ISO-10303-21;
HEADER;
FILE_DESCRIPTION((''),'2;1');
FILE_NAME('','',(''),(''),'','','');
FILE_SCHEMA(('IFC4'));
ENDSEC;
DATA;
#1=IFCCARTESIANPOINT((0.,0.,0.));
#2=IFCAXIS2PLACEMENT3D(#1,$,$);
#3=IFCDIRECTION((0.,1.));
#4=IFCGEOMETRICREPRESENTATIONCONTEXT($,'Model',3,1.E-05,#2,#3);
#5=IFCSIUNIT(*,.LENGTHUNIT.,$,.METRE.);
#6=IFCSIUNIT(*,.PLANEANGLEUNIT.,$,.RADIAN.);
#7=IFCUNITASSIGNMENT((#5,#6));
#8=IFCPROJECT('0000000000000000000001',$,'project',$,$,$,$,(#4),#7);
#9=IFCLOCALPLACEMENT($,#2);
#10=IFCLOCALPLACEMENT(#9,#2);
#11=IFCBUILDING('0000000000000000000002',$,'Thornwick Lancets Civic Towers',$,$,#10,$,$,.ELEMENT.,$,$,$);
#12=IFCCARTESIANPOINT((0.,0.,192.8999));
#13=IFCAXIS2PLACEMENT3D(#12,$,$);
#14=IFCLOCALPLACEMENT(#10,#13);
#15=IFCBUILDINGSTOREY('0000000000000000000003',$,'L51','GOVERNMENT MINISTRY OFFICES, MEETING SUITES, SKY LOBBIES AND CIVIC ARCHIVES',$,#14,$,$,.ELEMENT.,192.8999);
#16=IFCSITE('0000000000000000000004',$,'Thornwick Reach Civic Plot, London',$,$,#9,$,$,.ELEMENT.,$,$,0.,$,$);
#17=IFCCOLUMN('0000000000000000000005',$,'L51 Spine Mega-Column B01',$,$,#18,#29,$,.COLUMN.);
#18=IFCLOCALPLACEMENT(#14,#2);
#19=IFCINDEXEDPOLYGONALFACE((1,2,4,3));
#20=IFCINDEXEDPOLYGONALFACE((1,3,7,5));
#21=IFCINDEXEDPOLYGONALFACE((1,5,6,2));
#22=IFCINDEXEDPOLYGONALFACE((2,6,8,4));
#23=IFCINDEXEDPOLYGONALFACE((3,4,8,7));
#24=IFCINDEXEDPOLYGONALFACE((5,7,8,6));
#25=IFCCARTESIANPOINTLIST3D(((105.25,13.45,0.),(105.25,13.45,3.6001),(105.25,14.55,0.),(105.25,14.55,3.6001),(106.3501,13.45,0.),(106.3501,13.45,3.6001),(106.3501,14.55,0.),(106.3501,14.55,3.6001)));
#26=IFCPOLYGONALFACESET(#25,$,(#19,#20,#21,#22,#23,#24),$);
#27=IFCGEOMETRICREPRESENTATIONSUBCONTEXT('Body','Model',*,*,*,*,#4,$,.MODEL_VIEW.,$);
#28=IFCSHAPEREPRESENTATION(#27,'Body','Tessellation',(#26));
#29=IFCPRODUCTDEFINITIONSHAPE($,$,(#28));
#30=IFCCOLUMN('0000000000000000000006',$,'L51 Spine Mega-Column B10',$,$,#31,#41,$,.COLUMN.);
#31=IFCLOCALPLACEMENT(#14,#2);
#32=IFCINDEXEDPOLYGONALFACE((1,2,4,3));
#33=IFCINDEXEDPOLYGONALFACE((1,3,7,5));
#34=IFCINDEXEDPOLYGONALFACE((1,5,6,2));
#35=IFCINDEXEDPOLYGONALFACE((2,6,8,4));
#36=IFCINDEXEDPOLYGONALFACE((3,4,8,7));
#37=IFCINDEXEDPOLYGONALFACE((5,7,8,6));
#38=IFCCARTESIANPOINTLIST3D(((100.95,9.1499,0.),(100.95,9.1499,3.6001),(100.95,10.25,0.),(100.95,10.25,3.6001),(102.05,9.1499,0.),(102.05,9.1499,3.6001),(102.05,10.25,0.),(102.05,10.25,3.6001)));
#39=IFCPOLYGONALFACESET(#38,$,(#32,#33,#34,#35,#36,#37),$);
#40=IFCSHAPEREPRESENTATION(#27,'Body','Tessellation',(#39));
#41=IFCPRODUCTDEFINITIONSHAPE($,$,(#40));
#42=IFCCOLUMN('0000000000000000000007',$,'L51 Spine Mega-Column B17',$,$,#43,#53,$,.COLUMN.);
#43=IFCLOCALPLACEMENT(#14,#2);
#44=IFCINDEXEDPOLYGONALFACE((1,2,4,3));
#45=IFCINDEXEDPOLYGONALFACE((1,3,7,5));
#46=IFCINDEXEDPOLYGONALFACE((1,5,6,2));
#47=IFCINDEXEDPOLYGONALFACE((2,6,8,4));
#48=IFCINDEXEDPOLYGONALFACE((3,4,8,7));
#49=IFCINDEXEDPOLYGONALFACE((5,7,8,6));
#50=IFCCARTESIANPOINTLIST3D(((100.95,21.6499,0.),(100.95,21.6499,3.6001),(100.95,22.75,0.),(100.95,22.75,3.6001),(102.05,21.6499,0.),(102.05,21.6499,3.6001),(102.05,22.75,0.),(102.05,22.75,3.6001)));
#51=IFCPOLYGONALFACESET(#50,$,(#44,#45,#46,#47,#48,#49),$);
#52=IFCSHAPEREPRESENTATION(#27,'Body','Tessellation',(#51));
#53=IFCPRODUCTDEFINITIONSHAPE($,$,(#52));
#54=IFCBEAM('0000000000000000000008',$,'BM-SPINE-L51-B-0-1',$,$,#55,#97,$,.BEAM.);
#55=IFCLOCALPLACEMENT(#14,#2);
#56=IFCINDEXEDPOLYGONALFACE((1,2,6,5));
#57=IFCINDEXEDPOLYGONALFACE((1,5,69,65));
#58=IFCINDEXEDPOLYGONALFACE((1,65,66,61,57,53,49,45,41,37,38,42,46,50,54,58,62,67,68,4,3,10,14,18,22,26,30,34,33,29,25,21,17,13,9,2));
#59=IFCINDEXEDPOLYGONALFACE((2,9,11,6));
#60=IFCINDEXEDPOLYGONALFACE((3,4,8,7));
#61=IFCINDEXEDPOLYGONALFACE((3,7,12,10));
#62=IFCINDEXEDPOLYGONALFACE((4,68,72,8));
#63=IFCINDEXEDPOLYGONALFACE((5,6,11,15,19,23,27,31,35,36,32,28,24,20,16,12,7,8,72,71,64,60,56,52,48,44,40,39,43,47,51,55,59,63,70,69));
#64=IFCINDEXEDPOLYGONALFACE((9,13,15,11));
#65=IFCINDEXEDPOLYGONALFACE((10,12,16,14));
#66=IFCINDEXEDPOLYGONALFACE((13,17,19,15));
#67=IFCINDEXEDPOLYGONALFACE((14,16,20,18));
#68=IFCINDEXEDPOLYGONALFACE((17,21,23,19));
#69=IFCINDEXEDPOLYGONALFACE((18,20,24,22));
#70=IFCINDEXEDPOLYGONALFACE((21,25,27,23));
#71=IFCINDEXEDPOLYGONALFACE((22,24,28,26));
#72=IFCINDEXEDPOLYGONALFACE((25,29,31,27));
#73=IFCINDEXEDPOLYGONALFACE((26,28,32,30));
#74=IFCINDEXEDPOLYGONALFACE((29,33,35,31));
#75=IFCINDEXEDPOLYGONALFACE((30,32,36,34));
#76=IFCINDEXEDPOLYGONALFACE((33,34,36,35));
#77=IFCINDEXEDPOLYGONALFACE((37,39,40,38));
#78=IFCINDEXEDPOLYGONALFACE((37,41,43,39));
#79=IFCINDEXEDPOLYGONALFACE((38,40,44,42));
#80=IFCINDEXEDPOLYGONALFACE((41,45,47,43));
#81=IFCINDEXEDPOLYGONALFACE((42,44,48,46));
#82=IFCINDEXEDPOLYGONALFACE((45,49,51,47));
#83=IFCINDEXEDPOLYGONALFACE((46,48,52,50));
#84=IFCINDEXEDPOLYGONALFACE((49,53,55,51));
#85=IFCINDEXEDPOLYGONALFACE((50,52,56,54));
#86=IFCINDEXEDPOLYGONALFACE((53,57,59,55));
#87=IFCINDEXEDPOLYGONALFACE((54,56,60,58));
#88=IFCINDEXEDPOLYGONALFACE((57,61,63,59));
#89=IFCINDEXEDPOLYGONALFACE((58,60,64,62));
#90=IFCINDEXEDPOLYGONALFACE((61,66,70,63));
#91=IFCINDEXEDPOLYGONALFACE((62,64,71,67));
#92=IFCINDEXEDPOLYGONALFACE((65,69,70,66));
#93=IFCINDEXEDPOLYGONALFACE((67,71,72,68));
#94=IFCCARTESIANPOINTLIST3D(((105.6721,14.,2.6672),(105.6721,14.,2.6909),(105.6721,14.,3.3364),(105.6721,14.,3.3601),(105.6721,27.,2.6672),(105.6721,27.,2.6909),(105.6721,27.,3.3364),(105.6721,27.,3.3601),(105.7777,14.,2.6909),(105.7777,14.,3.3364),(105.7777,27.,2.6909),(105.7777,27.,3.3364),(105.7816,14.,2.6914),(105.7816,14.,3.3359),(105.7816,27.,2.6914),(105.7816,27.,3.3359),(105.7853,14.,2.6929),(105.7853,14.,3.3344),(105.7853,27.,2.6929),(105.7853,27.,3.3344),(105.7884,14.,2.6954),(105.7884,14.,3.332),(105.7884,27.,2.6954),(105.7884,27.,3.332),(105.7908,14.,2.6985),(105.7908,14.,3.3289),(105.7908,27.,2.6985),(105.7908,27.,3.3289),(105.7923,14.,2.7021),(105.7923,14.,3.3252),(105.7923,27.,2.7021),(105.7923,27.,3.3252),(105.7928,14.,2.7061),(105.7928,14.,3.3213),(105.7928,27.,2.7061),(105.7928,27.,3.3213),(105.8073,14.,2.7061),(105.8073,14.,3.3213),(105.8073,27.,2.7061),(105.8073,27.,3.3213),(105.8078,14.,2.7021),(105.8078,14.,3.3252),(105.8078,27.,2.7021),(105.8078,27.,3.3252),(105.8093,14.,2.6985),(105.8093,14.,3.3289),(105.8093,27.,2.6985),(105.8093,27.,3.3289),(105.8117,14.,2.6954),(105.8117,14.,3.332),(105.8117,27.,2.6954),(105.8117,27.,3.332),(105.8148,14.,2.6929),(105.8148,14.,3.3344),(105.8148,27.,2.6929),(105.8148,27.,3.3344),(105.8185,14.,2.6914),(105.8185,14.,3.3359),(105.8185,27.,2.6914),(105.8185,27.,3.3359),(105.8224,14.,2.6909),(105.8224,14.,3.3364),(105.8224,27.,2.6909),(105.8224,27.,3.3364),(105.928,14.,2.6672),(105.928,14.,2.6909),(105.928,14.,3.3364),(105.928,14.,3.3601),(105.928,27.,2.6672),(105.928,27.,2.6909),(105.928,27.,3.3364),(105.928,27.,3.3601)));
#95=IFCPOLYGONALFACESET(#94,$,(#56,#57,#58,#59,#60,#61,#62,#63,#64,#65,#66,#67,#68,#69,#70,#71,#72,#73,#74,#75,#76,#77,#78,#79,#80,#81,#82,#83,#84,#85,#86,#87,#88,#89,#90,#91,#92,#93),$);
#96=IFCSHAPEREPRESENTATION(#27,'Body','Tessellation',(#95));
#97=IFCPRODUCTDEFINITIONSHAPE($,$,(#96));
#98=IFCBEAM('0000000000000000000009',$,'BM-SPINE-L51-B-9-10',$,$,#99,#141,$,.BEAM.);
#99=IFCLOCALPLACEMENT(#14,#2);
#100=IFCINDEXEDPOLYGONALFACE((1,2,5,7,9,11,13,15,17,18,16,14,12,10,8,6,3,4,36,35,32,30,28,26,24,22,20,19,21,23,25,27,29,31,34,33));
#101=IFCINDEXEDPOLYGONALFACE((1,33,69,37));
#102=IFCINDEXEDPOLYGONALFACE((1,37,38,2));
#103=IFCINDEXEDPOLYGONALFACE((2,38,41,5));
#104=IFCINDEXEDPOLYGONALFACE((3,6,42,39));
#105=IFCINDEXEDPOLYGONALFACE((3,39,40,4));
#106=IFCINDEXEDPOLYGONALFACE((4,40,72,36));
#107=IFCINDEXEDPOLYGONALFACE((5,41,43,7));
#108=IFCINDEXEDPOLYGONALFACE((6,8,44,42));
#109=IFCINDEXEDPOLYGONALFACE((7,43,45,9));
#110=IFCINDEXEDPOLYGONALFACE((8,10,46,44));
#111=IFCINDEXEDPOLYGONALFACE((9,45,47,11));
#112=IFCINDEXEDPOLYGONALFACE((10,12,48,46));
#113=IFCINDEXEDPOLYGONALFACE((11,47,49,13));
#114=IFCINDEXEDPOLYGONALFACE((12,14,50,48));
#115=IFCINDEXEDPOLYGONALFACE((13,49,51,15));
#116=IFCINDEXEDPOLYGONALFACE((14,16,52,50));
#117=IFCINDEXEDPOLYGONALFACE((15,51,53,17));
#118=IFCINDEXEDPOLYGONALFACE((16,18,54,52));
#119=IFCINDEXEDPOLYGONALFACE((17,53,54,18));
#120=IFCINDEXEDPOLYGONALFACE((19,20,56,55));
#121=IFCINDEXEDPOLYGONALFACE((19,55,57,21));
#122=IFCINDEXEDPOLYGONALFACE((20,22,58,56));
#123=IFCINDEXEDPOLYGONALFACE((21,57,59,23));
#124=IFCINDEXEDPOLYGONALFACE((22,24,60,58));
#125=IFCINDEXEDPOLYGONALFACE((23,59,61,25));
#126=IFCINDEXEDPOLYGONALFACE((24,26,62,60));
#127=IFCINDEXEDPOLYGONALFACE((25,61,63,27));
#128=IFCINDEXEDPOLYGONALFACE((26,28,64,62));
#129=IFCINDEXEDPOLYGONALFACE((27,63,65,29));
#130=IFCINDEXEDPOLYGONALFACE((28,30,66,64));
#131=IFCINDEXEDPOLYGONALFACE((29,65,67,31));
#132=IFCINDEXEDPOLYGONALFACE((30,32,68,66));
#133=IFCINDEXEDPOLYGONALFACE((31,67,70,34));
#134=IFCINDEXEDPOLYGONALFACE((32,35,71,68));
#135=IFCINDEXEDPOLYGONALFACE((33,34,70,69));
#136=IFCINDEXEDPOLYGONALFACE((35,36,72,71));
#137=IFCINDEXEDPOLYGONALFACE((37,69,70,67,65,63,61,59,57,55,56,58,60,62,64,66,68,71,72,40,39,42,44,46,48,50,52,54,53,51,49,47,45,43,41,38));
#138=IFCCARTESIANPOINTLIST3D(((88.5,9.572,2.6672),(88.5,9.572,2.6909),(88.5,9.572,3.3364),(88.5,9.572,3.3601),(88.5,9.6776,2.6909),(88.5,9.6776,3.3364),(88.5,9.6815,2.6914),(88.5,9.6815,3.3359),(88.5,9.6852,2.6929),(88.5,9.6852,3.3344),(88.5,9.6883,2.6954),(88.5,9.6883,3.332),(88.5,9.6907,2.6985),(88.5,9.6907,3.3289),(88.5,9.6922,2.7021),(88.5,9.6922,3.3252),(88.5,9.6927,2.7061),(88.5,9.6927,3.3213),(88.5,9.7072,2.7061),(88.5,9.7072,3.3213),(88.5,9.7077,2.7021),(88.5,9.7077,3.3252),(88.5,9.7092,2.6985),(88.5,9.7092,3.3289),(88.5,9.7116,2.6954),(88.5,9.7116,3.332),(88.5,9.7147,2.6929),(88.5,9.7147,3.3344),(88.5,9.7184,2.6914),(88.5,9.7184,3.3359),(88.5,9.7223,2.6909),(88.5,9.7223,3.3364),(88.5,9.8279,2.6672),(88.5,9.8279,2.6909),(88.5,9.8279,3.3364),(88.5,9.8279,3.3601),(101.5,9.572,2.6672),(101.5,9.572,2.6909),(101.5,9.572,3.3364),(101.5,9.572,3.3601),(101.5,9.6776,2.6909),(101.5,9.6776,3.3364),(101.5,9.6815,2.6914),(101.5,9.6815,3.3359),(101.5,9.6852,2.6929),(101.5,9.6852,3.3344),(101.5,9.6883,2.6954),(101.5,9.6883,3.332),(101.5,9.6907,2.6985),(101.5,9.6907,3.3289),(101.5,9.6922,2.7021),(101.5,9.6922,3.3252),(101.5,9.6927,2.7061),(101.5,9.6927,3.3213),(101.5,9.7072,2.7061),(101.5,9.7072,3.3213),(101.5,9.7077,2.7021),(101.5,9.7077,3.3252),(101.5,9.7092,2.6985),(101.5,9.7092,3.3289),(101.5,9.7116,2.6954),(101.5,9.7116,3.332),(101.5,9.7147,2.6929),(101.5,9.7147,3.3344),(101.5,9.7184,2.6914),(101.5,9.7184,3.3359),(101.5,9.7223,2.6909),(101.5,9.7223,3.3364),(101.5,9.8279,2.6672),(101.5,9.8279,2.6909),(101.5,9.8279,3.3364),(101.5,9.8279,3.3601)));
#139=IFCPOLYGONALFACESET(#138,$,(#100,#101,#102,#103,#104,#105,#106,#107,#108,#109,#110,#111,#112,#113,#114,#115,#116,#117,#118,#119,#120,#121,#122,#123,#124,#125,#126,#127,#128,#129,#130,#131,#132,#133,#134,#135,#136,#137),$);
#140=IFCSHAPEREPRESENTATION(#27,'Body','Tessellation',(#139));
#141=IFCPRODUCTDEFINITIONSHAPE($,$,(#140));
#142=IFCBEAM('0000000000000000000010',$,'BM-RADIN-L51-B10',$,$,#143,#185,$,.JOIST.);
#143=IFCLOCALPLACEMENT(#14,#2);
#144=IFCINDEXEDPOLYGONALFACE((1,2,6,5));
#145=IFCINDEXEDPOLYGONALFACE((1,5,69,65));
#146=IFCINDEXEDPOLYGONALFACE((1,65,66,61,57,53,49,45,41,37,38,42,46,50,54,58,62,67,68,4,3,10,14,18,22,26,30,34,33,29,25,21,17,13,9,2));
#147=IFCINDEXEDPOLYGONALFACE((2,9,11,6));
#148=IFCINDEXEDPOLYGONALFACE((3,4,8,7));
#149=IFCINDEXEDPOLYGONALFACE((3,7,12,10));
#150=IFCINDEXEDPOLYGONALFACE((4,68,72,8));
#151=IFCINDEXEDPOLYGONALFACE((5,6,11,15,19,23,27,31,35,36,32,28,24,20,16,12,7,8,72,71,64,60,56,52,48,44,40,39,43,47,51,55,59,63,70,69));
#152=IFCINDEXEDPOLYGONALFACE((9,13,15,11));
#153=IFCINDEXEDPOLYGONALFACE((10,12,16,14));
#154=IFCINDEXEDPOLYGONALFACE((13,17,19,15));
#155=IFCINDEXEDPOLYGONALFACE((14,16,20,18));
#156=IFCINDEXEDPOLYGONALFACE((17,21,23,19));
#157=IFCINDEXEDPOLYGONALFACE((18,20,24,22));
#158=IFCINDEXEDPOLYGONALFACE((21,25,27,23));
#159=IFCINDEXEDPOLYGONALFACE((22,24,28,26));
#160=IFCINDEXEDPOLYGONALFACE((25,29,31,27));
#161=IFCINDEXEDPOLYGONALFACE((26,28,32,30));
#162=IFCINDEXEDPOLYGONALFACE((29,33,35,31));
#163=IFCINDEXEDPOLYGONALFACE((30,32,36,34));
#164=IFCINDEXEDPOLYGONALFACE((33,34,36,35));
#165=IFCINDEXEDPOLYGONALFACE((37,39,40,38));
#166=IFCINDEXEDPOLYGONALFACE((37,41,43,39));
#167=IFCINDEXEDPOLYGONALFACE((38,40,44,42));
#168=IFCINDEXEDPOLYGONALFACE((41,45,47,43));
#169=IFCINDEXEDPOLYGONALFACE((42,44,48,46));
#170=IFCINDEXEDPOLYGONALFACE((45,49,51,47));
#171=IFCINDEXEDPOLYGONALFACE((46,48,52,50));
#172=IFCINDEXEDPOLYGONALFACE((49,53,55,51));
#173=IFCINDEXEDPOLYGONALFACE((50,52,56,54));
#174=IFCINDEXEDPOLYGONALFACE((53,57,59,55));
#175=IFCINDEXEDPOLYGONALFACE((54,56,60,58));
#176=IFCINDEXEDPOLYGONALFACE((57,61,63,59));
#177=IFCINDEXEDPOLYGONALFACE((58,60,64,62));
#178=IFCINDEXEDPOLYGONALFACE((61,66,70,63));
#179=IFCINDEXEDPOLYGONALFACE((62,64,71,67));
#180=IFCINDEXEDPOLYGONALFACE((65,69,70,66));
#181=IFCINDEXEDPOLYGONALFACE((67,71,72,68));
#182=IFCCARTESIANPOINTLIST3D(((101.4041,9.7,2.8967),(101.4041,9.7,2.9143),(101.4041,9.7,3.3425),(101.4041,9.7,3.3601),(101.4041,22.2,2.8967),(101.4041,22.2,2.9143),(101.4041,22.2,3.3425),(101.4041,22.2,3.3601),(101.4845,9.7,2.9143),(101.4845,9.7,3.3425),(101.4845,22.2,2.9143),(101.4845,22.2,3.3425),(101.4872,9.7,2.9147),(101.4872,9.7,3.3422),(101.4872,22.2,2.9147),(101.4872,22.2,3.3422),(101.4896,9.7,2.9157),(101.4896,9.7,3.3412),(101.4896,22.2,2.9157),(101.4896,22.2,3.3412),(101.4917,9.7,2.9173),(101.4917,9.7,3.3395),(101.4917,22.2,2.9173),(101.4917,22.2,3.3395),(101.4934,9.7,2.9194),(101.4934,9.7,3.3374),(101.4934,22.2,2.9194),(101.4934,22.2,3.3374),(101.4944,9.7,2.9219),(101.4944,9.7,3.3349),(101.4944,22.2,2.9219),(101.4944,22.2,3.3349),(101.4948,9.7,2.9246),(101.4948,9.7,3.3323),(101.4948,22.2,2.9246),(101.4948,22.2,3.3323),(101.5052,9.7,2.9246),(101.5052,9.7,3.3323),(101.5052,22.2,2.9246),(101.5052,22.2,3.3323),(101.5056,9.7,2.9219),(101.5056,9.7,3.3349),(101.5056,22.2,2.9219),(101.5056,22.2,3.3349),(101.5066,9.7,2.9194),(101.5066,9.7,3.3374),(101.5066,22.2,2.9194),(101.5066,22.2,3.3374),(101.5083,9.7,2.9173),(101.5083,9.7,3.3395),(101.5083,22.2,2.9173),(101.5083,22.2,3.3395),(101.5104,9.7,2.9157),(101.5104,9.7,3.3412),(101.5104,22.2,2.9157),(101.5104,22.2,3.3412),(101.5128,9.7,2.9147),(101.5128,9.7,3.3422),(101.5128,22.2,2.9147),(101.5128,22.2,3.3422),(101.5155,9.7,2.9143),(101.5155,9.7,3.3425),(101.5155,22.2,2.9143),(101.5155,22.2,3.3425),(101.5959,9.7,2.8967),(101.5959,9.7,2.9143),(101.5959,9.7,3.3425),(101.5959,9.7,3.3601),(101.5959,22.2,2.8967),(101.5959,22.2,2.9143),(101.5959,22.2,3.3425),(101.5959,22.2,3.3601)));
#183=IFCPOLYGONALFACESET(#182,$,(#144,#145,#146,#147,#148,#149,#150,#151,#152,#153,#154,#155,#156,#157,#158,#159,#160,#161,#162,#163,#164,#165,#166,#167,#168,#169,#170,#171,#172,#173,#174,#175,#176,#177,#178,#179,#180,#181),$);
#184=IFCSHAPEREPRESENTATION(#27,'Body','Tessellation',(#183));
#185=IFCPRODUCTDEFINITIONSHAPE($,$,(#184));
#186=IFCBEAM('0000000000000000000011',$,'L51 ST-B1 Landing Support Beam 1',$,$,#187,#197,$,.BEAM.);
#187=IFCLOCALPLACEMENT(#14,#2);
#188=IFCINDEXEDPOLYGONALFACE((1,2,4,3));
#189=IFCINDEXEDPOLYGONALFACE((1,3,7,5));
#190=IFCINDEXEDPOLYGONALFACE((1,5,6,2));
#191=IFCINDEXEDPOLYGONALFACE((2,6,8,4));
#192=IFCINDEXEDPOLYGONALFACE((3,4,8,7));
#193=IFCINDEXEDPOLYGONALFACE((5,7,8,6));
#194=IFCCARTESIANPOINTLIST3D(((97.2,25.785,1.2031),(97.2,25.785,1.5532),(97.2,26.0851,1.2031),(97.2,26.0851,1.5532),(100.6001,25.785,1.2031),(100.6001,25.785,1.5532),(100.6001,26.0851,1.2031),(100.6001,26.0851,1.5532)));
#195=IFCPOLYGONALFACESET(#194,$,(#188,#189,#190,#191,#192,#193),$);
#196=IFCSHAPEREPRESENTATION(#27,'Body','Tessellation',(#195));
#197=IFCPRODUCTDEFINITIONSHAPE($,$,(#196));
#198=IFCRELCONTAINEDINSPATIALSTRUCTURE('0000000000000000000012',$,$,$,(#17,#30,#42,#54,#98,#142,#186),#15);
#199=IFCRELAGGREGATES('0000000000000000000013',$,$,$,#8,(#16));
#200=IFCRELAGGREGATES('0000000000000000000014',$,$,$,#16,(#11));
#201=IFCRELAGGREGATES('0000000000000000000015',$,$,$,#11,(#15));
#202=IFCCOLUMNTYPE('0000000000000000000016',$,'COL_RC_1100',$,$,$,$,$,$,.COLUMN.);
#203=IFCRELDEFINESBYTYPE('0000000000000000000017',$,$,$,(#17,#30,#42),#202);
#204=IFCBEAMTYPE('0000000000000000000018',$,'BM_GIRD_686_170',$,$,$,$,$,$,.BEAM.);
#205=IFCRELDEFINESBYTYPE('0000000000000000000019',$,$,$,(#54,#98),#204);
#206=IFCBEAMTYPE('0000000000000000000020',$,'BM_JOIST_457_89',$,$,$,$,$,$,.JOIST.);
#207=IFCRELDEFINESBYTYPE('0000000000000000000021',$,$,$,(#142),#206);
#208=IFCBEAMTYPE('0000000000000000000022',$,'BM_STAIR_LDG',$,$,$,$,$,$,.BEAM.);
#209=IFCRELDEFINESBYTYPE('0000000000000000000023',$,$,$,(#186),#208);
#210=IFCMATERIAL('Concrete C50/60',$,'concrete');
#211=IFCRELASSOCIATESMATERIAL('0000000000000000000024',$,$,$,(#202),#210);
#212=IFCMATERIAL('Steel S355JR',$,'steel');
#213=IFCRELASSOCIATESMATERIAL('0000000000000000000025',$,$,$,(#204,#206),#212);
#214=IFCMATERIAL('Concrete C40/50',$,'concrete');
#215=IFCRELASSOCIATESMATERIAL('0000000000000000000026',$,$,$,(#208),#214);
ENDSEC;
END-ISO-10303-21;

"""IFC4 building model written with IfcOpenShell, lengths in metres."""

from ifc_helpers import new_model, si_unit, direction, frame, origin, origin_2d, place, context, subcontext, project, spatial, rectangle, i_section, extrude, material, material_profile, profile_set, type_object, element, save


model = new_model("IFC4")

# Units and contexts
model_context = context("Model", 3, precision=1e-05, world=origin(), true_north=direction((0.0, 1.0)))
body_context = subcontext(model_context, "Body", "Model", "MODEL_VIEW")
ifc_project = project(units=[si_unit("LENGTHUNIT", "METRE"), si_unit("PLANEANGLEUNIT", "RADIAN")], contexts=[model_context])

# Site, building, storey
site_placement = place(None, origin())
site = spatial("IfcSite", under=ifc_project, at=site_placement, Name="Thornwick Reach Civic Plot, London", CompositionType="ELEMENT", RefElevation=0.0)
building_placement = place(site_placement, origin())
building = spatial("IfcBuilding", under=site, at=building_placement, Name="Thornwick Lancets Civic Towers", CompositionType="ELEMENT")
storey_placement = place(building_placement, frame((0.0, 0.0, 192.8999)))
storey = spatial("IfcBuildingStorey", under=building, at=storey_placement, Name="L51", Description="GOVERNMENT MINISTRY OFFICES, MEETING SUITES, SKY LOBBIES AND CIVIC ARCHIVES", CompositionType="ELEMENT", Elevation=192.8999)

# Columns
ifc_material_1 = material(Name="Concrete C50/60", Category="concrete")
ifc_material_profile_1 = material_profile(ifc_material_1, rectangle(XDim=1.1001, YDim=1.1001, at=origin_2d()), Name="RC 1100x1100")
ifc_profile_set_1 = profile_set([ifc_material_profile_1], Name="Concrete C50/60")
column_type = type_object("IfcColumnType", Name="COL_RC_1100", PredefinedType="COLUMN", material=ifc_profile_set_1)
for number, where, z_axis, x_axis, name in (
    (1, (105.8, 14.0, 0.0), (0.0, 0.0, 1.0), (1.0, 0.0, 0.0), "L51 Spine Mega-Column B01"),
    (2, (101.5, 9.7, 0.0), (0.0, 0.0, 1.0), (1.0, 0.0, 0.0), "L51 Spine Mega-Column B10"),
    (3, (101.5, 22.2, 0.0), (0.0, 0.0, 1.0), (1.0, 0.0, 0.0), "L51 Spine Mega-Column B17"),
):
    element("IfcColumn", number, at=place(storey_placement, frame(where, z_axis=z_axis, x_axis=x_axis)), inside=storey, type_object=column_type, Name=name, PredefinedType="COLUMN", context=body_context, shape_type="SweptSolid", body=[
        extrude(rectangle(XDim=1.1001, YDim=1.1001, at=origin_2d()), origin(), (0.0, 0.0, 1.0), 3.6001),
    ])

# Beams
ifc_material_2 = material(Name="Steel S355JR", Category="steel")
ifc_material_profile_2 = material_profile(ifc_material_2, i_section(OverallWidth=0.2559, OverallDepth=0.6929, WebThickness=0.0144, FlangeThickness=0.0237, FilletRadius=0.0151, at=origin_2d()), Name="UKB 686x254x170")
ifc_profile_set_2 = profile_set([ifc_material_profile_2], Name="Steel S355JR")
beam_type_1 = type_object("IfcBeamType", Name="BM_GIRD_686_170", PredefinedType="BEAM", material=ifc_profile_set_2)
for number, where, z_axis, x_axis, name in (
    (4, (105.8, 14.0, 3.0137), (0.0, 1.0, 0.0), (-1.0, 0.0, 0.0), "BM-SPINE-L51-B-0-1"),
    (5, (101.5, 9.7, 3.0137), (-1.0, 0.0, 0.0), (0.0, -1.0, 0.0), "BM-SPINE-L51-B-9-10"),
):
    element("IfcBeam", number, at=place(storey_placement, frame(where, z_axis=z_axis, x_axis=x_axis)), inside=storey, type_object=beam_type_1, Name=name, PredefinedType="BEAM", context=body_context, shape_type="SweptSolid", body=[
        extrude(i_section(OverallWidth=0.2559, OverallDepth=0.6929, WebThickness=0.0144, FlangeThickness=0.0237, FilletRadius=0.0151, at=origin_2d()), origin(), (0.0, 0.0, 1.0), 13.0),
    ])
ifc_material_profile_3 = material_profile(ifc_material_2, i_section(OverallWidth=0.1919, OverallDepth=0.4634, WebThickness=0.0105, FlangeThickness=0.0176, FilletRadius=0.0103, at=origin_2d()), Name="UKB 457x191x89")
ifc_profile_set_3 = profile_set([ifc_material_profile_3], Name="Steel S355JR")
beam_type_2 = type_object("IfcBeamType", Name="BM_JOIST_457_89", PredefinedType="JOIST", material=ifc_profile_set_3)
beam_1_placement = place(storey_placement, frame((101.5, 22.2, 3.1284), z_axis=(0.0, -1.0, 0.0), x_axis=(1.0, 0.0, 0.0)))
element("IfcBeam", 6, at=beam_1_placement, inside=storey, type_object=beam_type_2, Name="BM-RADIN-L51-B10", PredefinedType="JOIST", context=body_context, shape_type="SweptSolid", body=[
    extrude(i_section(OverallWidth=0.1919, OverallDepth=0.4634, WebThickness=0.0105, FlangeThickness=0.0176, FilletRadius=0.0103, at=origin_2d()), origin(), (0.0, 0.0, 1.0), 12.5),
])
ifc_material_3 = material(Name="Concrete C40/50", Category="concrete")
ifc_material_profile_4 = material_profile(ifc_material_3, rectangle(XDim=0.3, YDim=0.3501, at=origin_2d()), Name="RC 300x350")
ifc_profile_set_4 = profile_set([ifc_material_profile_4], Name="Concrete C40/50")
beam_type_3 = type_object("IfcBeamType", Name="BM_STAIR_LDG", PredefinedType="BEAM", material=ifc_profile_set_4)
beam_2_placement = place(storey_placement, frame((100.6001, 25.9351, 1.3782), z_axis=(-1.0, 0.0, 0.0), x_axis=(0.0, -1.0, 0.0)))
element("IfcBeam", 7, at=beam_2_placement, inside=storey, type_object=beam_type_3, Name="L51 ST-B1 Landing Support Beam 1", PredefinedType="BEAM", context=body_context, shape_type="SweptSolid", body=[
    extrude(rectangle(XDim=0.3, YDim=0.3501, at=origin_2d()), origin(), (0.0, 0.0, 1.0), 3.4001),
])

save(model, "model.ifc")
